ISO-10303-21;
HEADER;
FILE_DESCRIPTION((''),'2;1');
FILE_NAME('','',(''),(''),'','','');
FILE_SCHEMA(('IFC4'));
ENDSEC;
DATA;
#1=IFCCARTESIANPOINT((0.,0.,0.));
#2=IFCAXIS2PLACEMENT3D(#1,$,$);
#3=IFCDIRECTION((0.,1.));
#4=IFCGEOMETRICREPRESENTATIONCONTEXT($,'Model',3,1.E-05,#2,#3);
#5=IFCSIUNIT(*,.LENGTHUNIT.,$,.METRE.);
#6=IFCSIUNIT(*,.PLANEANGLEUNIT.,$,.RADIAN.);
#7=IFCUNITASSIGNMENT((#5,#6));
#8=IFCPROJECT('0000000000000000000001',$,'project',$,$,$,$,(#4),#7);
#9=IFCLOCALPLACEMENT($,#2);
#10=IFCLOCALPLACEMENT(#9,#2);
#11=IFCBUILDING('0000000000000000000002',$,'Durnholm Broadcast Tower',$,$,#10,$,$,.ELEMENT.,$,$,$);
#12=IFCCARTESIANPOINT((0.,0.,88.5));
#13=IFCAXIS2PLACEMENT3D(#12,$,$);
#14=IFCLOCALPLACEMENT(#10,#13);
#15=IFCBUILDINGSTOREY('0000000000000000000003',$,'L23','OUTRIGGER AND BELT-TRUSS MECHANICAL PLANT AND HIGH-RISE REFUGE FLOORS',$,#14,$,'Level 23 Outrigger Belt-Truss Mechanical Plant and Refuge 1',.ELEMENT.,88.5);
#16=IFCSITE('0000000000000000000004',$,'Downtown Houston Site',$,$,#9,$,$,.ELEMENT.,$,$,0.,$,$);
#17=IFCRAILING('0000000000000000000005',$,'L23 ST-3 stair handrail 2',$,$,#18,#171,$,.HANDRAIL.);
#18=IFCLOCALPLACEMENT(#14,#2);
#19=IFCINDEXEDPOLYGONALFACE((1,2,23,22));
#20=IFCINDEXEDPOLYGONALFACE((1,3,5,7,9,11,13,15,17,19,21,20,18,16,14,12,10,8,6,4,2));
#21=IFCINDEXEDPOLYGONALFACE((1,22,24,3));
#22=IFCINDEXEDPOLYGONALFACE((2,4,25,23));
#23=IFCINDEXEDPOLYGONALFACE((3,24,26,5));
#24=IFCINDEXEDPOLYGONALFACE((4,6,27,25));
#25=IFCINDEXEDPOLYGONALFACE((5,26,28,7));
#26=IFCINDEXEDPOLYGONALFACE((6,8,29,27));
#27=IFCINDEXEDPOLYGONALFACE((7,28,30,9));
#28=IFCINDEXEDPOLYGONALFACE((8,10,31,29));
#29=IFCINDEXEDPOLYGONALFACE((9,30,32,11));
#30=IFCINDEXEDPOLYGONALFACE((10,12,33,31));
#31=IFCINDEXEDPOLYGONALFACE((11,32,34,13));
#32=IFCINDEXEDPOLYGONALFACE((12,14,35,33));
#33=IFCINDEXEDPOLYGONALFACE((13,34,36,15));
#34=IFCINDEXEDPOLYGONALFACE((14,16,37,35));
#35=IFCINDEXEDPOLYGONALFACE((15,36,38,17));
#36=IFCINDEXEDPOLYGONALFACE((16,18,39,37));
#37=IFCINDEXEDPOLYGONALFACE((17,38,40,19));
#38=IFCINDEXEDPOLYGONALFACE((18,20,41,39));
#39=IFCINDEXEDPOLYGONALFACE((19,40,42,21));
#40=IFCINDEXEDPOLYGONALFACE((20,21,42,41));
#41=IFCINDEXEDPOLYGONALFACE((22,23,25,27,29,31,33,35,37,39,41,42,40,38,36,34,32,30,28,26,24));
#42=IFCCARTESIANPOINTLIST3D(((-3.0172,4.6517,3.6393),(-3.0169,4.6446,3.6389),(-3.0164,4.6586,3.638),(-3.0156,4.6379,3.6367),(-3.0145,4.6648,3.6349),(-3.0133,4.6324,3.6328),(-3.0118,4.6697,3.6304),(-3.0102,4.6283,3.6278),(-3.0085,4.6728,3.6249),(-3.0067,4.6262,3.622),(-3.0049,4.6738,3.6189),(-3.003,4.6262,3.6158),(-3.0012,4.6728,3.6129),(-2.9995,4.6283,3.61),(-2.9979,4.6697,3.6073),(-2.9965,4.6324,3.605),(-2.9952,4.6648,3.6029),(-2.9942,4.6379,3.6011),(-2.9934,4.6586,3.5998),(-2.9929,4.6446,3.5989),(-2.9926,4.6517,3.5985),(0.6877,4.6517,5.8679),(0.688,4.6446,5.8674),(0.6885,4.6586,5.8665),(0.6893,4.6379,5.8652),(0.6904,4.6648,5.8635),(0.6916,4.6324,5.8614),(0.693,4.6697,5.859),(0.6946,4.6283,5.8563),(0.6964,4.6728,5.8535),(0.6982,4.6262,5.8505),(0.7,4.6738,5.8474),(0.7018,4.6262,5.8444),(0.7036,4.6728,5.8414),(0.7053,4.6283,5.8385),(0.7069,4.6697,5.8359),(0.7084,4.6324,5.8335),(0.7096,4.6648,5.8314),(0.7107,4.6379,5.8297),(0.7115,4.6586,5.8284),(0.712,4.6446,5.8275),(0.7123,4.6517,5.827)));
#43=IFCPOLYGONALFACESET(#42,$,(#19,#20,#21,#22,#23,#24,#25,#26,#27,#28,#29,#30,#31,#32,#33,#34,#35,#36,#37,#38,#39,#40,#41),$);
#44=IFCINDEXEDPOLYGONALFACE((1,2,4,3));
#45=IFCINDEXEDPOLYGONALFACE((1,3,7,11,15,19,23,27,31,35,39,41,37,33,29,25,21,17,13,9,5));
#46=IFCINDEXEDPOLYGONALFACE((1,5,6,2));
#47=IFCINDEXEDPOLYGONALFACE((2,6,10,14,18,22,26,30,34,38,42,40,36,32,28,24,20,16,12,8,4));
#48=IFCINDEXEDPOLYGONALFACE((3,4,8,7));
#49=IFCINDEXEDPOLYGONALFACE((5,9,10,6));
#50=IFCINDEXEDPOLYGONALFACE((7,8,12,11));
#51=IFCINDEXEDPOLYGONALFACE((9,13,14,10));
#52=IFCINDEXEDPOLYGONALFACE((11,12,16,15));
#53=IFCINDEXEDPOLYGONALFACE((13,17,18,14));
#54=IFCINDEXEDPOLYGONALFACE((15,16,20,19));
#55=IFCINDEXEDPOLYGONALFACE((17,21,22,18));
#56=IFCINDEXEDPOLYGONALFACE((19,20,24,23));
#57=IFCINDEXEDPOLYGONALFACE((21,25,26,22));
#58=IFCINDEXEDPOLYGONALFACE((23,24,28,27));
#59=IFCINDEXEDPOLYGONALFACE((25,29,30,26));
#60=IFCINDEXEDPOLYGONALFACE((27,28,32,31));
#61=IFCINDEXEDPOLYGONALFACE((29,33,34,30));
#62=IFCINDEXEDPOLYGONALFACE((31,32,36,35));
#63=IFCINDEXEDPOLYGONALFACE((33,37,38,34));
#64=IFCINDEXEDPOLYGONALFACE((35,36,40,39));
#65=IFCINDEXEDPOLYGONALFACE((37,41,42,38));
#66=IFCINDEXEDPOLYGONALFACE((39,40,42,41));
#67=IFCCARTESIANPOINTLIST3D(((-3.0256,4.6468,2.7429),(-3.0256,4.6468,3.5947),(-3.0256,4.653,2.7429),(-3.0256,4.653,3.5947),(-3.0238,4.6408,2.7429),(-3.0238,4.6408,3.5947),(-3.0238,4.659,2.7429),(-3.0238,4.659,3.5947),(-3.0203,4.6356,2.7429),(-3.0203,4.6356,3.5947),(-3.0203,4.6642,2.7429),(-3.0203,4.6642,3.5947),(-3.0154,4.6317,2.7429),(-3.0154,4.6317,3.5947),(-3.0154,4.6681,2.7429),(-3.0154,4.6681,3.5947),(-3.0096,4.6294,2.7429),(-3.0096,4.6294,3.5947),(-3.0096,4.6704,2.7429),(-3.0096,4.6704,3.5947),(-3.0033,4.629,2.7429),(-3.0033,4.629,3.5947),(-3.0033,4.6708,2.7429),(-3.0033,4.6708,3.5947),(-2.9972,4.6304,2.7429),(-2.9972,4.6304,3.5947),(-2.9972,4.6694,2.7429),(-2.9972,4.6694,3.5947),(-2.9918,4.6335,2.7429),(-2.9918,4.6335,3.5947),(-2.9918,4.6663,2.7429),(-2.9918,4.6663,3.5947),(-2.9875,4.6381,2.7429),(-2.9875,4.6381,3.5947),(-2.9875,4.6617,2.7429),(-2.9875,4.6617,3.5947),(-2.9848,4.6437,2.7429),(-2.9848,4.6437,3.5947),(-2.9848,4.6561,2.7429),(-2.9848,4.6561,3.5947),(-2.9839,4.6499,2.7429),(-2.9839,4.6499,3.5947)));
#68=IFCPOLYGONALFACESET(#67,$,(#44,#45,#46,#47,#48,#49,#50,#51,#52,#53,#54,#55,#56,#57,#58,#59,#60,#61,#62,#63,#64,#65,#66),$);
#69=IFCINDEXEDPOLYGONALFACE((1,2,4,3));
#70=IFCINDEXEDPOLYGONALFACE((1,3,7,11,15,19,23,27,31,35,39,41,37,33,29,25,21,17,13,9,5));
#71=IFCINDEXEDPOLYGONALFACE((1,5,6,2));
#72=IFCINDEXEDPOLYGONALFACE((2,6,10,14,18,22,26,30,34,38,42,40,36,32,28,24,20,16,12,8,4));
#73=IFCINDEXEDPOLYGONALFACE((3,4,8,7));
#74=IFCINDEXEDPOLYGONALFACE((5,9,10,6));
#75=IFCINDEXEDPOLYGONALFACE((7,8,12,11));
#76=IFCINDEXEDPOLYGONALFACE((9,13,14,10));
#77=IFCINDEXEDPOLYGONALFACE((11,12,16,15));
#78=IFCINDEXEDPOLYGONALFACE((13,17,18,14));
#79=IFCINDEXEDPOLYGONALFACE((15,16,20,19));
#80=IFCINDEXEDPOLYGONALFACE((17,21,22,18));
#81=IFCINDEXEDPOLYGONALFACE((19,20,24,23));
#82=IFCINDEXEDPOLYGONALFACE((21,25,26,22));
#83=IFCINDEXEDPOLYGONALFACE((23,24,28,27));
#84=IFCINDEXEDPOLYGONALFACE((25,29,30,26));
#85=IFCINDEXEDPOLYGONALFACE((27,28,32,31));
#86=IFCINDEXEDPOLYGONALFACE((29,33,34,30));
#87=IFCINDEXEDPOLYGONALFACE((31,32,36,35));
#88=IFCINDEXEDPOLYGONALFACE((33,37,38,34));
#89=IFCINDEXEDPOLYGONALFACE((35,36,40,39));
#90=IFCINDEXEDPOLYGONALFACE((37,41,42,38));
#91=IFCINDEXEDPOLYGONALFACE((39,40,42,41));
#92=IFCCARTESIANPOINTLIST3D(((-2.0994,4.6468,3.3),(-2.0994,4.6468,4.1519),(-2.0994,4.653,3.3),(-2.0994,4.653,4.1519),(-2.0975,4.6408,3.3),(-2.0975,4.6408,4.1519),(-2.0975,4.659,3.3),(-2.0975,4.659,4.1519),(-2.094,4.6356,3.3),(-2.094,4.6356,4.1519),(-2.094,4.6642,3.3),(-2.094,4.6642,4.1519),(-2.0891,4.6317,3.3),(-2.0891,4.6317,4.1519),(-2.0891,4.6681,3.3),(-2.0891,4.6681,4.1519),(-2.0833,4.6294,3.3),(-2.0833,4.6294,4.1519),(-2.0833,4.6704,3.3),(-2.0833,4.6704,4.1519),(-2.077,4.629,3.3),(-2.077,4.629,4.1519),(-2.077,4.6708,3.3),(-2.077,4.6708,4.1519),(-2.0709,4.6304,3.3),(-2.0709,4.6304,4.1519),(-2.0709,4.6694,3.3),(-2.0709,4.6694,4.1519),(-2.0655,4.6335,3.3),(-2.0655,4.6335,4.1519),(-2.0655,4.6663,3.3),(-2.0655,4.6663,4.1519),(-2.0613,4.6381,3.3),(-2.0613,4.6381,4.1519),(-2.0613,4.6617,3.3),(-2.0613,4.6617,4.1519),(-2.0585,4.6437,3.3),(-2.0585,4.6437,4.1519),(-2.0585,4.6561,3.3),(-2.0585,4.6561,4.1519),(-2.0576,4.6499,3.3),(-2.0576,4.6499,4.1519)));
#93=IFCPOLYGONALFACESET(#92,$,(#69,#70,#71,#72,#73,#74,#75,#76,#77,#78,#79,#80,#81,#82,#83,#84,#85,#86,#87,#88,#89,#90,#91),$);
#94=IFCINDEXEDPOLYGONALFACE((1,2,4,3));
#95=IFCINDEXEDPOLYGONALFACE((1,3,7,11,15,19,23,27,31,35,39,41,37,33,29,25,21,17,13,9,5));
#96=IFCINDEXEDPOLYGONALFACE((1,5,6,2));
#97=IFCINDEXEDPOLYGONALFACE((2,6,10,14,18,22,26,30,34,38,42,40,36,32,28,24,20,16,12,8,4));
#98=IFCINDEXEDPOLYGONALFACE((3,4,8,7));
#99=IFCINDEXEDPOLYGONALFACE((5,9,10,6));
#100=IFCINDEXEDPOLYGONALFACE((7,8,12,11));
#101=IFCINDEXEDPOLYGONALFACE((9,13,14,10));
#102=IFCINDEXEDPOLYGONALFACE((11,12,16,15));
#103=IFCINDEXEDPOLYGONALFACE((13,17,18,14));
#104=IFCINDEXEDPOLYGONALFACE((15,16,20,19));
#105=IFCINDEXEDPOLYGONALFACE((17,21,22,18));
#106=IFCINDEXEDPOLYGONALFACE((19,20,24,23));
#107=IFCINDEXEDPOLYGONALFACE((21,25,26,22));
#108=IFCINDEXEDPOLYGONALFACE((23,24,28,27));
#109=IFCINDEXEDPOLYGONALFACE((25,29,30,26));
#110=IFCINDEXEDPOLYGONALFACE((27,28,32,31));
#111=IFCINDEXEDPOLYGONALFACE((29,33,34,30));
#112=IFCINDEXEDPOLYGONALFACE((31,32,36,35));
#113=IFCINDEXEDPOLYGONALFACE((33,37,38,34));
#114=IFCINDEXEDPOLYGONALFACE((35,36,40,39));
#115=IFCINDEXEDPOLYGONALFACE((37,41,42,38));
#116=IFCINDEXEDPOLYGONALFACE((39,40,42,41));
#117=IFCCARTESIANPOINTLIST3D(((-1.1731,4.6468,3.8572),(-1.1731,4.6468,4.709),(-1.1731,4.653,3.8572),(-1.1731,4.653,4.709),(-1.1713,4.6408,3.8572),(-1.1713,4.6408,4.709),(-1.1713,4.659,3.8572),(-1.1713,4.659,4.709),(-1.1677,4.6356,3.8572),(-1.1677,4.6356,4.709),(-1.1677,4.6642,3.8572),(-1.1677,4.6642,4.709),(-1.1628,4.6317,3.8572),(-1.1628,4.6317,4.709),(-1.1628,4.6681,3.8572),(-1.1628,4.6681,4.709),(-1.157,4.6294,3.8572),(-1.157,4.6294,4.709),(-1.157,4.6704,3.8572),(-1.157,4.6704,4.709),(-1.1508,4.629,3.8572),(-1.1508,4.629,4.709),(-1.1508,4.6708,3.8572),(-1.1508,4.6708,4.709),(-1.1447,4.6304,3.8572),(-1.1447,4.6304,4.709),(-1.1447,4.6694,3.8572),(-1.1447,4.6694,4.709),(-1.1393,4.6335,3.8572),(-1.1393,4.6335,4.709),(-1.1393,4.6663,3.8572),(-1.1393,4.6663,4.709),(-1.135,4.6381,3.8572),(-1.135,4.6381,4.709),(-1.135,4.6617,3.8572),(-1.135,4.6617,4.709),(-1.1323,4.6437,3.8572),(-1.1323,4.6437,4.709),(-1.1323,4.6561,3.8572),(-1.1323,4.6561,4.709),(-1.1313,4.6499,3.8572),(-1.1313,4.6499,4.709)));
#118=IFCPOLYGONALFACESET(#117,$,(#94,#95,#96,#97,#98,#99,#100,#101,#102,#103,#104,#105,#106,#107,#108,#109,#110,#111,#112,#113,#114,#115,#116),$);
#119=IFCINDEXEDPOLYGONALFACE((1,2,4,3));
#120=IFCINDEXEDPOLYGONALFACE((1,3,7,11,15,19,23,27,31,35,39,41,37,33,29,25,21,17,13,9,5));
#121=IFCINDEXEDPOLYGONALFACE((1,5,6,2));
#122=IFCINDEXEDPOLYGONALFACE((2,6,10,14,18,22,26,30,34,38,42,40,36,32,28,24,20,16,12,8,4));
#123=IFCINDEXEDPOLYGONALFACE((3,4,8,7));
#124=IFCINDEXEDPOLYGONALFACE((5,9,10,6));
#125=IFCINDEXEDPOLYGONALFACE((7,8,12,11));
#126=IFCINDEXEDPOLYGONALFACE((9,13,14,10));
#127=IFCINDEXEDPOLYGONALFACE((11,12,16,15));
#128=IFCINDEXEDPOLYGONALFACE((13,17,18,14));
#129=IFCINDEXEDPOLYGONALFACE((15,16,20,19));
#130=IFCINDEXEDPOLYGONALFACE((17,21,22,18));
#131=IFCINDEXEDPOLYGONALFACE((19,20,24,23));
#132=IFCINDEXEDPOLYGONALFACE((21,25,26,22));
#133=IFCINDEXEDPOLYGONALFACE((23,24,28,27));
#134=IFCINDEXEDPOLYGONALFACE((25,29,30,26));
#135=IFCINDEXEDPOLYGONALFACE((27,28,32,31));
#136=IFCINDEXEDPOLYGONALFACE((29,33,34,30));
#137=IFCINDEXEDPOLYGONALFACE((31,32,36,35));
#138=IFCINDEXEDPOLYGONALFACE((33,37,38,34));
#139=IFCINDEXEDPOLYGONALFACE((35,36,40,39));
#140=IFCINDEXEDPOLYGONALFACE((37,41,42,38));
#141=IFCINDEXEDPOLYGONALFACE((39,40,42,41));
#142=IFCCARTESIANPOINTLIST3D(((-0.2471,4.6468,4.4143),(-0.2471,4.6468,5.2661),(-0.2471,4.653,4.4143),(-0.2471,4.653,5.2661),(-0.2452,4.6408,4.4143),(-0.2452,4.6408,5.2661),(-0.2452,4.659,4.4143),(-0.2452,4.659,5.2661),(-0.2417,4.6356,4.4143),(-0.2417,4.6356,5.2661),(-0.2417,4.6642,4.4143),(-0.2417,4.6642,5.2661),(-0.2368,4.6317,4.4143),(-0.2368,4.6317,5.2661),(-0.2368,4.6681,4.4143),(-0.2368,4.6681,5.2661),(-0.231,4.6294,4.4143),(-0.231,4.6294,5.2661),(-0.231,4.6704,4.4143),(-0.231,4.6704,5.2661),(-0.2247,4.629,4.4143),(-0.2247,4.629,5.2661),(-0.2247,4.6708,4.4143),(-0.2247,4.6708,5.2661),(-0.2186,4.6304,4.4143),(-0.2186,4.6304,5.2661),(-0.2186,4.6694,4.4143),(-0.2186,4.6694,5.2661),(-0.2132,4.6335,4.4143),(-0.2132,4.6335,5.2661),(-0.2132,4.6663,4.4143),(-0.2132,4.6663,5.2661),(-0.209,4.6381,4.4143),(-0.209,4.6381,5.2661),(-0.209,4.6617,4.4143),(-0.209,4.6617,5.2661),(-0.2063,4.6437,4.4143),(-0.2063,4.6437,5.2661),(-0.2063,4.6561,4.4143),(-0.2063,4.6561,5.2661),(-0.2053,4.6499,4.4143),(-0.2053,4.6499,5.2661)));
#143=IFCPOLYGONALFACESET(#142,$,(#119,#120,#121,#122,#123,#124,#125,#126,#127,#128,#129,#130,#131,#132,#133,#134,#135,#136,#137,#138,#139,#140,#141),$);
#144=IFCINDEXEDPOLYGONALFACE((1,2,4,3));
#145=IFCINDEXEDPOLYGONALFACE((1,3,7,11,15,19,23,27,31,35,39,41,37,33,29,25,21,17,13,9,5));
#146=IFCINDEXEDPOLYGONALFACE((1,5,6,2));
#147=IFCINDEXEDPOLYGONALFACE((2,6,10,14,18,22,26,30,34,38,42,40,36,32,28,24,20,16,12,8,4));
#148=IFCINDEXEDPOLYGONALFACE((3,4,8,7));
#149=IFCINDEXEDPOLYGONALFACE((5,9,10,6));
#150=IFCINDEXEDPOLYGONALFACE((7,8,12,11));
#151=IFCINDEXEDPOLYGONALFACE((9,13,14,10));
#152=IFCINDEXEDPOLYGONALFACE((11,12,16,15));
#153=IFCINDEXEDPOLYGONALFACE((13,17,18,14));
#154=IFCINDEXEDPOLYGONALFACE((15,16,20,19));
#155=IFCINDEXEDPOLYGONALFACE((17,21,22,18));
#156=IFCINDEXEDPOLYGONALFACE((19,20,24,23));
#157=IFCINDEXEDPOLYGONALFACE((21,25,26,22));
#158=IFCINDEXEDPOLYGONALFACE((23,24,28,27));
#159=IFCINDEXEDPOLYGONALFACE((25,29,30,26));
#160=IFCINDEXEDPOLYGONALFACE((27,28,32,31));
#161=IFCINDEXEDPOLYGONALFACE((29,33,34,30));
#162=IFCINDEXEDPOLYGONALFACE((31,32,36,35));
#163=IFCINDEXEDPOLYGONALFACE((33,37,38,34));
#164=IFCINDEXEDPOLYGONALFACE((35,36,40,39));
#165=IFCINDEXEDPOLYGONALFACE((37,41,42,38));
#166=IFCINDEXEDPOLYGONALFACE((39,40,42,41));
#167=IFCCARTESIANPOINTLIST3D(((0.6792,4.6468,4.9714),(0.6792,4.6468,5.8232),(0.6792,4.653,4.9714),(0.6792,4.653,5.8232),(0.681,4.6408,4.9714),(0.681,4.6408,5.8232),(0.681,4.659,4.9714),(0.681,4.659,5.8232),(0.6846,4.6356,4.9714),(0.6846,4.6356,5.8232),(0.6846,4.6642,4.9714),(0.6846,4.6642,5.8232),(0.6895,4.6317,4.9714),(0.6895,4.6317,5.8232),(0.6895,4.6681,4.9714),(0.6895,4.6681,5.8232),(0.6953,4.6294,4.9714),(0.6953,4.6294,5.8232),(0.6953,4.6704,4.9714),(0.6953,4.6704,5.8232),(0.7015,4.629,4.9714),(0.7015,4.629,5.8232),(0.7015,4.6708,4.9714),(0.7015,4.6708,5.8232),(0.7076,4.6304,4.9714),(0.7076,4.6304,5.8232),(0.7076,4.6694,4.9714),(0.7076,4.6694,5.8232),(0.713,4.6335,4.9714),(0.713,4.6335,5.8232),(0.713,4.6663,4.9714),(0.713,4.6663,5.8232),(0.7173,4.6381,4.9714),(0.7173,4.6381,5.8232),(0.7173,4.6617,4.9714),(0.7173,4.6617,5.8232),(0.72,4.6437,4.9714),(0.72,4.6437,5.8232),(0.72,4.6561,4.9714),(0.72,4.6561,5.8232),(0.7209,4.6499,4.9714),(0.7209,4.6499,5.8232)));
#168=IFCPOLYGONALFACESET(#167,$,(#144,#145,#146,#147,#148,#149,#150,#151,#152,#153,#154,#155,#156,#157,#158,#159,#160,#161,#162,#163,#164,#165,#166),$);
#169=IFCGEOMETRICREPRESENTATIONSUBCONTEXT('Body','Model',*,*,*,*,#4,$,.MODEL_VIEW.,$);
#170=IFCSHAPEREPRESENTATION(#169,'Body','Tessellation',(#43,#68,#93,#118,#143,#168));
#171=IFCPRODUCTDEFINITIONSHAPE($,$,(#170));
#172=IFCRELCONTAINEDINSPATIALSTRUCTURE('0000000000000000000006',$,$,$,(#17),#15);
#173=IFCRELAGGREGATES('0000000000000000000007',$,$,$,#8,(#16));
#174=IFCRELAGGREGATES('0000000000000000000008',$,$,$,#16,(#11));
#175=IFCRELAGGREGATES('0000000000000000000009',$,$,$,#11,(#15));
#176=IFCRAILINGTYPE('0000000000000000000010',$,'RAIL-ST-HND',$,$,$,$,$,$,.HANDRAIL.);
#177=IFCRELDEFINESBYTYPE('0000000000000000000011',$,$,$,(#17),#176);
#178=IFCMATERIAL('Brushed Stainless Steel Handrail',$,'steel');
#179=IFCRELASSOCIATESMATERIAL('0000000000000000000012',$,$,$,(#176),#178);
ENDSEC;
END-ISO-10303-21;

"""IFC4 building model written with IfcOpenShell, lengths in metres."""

from ifc_helpers import new_model, si_unit, direction, frame, origin, origin_2d, place, context, subcontext, project, spatial, circle, extrude, material, type_object, element, save


model = new_model("IFC4")

# Units and contexts
model_context = context("Model", 3, precision=1e-05, world=origin(), true_north=direction((0.0, 1.0)))
body_context = subcontext(model_context, "Body", "Model", "MODEL_VIEW")
ifc_project = project(units=[si_unit("LENGTHUNIT", "METRE"), si_unit("PLANEANGLEUNIT", "RADIAN")], contexts=[model_context])

# Site, building, storey
site_placement = place(None, origin())
site = spatial("IfcSite", under=ifc_project, at=site_placement, Name="Downtown Houston Site", CompositionType="ELEMENT", RefElevation=0.0)
building_placement = place(site_placement, origin())
building = spatial("IfcBuilding", under=site, at=building_placement, Name="Durnholm Broadcast Tower", CompositionType="ELEMENT")
storey_placement = place(building_placement, frame((0.0, 0.0, 88.5)))
storey = spatial("IfcBuildingStorey", under=building, at=storey_placement, Name="L23", Description="OUTRIGGER AND BELT-TRUSS MECHANICAL PLANT AND HIGH-RISE REFUGE FLOORS", LongName="Level 23 Outrigger Belt-Truss Mechanical Plant and Refuge 1", CompositionType="ELEMENT", Elevation=88.5)

# Railing
ifc_material_1 = material(Name="Brushed Stainless Steel Handrail", Category="steel")
railing_type_1 = type_object("IfcRailingType", Name="RAIL-ST-HND", PredefinedType="HANDRAIL", material=ifc_material_1)
railing_1_placement = place(storey_placement, frame((-3.0049, 4.6499, 2.7429)))
element("IfcRailing", 1, at=railing_1_placement, inside=storey, type_object=railing_type_1, Name="L23 ST-3 stair handrail 2", PredefinedType="HANDRAIL", context=body_context, shape_type="SweptSolid", body=[
    extrude(circle(Radius=0.0239, at=origin_2d()), frame((0.0, 0.0, 0.876), z_axis=(0.856919, 0.0, 0.51545), x_axis=(0.0, 1.0, 0.0)), (0.0, 0.0, 1.0), 4.3235),
    extrude(circle(Radius=0.021, at=origin_2d()), origin(), (0.0, 0.0, 1.0), 0.8518),
    extrude(circle(Radius=0.021, at=origin_2d()), frame((0.9263, 0.0, 0.5571)), (0.0, 0.0, 1.0), 0.8518),
    extrude(circle(Radius=0.021, at=origin_2d()), frame((1.8525, 0.0, 1.1143)), (0.0, 0.0, 1.0), 0.8518),
    extrude(circle(Radius=0.021, at=origin_2d()), frame((2.7786, 0.0, 1.6714)), (0.0, 0.0, 1.0), 0.8518),
    extrude(circle(Radius=0.021, at=origin_2d()), frame((3.7048, 0.0, 2.2285)), (0.0, 0.0, 1.0), 0.8518),
])

save(model, "model.ifc")
